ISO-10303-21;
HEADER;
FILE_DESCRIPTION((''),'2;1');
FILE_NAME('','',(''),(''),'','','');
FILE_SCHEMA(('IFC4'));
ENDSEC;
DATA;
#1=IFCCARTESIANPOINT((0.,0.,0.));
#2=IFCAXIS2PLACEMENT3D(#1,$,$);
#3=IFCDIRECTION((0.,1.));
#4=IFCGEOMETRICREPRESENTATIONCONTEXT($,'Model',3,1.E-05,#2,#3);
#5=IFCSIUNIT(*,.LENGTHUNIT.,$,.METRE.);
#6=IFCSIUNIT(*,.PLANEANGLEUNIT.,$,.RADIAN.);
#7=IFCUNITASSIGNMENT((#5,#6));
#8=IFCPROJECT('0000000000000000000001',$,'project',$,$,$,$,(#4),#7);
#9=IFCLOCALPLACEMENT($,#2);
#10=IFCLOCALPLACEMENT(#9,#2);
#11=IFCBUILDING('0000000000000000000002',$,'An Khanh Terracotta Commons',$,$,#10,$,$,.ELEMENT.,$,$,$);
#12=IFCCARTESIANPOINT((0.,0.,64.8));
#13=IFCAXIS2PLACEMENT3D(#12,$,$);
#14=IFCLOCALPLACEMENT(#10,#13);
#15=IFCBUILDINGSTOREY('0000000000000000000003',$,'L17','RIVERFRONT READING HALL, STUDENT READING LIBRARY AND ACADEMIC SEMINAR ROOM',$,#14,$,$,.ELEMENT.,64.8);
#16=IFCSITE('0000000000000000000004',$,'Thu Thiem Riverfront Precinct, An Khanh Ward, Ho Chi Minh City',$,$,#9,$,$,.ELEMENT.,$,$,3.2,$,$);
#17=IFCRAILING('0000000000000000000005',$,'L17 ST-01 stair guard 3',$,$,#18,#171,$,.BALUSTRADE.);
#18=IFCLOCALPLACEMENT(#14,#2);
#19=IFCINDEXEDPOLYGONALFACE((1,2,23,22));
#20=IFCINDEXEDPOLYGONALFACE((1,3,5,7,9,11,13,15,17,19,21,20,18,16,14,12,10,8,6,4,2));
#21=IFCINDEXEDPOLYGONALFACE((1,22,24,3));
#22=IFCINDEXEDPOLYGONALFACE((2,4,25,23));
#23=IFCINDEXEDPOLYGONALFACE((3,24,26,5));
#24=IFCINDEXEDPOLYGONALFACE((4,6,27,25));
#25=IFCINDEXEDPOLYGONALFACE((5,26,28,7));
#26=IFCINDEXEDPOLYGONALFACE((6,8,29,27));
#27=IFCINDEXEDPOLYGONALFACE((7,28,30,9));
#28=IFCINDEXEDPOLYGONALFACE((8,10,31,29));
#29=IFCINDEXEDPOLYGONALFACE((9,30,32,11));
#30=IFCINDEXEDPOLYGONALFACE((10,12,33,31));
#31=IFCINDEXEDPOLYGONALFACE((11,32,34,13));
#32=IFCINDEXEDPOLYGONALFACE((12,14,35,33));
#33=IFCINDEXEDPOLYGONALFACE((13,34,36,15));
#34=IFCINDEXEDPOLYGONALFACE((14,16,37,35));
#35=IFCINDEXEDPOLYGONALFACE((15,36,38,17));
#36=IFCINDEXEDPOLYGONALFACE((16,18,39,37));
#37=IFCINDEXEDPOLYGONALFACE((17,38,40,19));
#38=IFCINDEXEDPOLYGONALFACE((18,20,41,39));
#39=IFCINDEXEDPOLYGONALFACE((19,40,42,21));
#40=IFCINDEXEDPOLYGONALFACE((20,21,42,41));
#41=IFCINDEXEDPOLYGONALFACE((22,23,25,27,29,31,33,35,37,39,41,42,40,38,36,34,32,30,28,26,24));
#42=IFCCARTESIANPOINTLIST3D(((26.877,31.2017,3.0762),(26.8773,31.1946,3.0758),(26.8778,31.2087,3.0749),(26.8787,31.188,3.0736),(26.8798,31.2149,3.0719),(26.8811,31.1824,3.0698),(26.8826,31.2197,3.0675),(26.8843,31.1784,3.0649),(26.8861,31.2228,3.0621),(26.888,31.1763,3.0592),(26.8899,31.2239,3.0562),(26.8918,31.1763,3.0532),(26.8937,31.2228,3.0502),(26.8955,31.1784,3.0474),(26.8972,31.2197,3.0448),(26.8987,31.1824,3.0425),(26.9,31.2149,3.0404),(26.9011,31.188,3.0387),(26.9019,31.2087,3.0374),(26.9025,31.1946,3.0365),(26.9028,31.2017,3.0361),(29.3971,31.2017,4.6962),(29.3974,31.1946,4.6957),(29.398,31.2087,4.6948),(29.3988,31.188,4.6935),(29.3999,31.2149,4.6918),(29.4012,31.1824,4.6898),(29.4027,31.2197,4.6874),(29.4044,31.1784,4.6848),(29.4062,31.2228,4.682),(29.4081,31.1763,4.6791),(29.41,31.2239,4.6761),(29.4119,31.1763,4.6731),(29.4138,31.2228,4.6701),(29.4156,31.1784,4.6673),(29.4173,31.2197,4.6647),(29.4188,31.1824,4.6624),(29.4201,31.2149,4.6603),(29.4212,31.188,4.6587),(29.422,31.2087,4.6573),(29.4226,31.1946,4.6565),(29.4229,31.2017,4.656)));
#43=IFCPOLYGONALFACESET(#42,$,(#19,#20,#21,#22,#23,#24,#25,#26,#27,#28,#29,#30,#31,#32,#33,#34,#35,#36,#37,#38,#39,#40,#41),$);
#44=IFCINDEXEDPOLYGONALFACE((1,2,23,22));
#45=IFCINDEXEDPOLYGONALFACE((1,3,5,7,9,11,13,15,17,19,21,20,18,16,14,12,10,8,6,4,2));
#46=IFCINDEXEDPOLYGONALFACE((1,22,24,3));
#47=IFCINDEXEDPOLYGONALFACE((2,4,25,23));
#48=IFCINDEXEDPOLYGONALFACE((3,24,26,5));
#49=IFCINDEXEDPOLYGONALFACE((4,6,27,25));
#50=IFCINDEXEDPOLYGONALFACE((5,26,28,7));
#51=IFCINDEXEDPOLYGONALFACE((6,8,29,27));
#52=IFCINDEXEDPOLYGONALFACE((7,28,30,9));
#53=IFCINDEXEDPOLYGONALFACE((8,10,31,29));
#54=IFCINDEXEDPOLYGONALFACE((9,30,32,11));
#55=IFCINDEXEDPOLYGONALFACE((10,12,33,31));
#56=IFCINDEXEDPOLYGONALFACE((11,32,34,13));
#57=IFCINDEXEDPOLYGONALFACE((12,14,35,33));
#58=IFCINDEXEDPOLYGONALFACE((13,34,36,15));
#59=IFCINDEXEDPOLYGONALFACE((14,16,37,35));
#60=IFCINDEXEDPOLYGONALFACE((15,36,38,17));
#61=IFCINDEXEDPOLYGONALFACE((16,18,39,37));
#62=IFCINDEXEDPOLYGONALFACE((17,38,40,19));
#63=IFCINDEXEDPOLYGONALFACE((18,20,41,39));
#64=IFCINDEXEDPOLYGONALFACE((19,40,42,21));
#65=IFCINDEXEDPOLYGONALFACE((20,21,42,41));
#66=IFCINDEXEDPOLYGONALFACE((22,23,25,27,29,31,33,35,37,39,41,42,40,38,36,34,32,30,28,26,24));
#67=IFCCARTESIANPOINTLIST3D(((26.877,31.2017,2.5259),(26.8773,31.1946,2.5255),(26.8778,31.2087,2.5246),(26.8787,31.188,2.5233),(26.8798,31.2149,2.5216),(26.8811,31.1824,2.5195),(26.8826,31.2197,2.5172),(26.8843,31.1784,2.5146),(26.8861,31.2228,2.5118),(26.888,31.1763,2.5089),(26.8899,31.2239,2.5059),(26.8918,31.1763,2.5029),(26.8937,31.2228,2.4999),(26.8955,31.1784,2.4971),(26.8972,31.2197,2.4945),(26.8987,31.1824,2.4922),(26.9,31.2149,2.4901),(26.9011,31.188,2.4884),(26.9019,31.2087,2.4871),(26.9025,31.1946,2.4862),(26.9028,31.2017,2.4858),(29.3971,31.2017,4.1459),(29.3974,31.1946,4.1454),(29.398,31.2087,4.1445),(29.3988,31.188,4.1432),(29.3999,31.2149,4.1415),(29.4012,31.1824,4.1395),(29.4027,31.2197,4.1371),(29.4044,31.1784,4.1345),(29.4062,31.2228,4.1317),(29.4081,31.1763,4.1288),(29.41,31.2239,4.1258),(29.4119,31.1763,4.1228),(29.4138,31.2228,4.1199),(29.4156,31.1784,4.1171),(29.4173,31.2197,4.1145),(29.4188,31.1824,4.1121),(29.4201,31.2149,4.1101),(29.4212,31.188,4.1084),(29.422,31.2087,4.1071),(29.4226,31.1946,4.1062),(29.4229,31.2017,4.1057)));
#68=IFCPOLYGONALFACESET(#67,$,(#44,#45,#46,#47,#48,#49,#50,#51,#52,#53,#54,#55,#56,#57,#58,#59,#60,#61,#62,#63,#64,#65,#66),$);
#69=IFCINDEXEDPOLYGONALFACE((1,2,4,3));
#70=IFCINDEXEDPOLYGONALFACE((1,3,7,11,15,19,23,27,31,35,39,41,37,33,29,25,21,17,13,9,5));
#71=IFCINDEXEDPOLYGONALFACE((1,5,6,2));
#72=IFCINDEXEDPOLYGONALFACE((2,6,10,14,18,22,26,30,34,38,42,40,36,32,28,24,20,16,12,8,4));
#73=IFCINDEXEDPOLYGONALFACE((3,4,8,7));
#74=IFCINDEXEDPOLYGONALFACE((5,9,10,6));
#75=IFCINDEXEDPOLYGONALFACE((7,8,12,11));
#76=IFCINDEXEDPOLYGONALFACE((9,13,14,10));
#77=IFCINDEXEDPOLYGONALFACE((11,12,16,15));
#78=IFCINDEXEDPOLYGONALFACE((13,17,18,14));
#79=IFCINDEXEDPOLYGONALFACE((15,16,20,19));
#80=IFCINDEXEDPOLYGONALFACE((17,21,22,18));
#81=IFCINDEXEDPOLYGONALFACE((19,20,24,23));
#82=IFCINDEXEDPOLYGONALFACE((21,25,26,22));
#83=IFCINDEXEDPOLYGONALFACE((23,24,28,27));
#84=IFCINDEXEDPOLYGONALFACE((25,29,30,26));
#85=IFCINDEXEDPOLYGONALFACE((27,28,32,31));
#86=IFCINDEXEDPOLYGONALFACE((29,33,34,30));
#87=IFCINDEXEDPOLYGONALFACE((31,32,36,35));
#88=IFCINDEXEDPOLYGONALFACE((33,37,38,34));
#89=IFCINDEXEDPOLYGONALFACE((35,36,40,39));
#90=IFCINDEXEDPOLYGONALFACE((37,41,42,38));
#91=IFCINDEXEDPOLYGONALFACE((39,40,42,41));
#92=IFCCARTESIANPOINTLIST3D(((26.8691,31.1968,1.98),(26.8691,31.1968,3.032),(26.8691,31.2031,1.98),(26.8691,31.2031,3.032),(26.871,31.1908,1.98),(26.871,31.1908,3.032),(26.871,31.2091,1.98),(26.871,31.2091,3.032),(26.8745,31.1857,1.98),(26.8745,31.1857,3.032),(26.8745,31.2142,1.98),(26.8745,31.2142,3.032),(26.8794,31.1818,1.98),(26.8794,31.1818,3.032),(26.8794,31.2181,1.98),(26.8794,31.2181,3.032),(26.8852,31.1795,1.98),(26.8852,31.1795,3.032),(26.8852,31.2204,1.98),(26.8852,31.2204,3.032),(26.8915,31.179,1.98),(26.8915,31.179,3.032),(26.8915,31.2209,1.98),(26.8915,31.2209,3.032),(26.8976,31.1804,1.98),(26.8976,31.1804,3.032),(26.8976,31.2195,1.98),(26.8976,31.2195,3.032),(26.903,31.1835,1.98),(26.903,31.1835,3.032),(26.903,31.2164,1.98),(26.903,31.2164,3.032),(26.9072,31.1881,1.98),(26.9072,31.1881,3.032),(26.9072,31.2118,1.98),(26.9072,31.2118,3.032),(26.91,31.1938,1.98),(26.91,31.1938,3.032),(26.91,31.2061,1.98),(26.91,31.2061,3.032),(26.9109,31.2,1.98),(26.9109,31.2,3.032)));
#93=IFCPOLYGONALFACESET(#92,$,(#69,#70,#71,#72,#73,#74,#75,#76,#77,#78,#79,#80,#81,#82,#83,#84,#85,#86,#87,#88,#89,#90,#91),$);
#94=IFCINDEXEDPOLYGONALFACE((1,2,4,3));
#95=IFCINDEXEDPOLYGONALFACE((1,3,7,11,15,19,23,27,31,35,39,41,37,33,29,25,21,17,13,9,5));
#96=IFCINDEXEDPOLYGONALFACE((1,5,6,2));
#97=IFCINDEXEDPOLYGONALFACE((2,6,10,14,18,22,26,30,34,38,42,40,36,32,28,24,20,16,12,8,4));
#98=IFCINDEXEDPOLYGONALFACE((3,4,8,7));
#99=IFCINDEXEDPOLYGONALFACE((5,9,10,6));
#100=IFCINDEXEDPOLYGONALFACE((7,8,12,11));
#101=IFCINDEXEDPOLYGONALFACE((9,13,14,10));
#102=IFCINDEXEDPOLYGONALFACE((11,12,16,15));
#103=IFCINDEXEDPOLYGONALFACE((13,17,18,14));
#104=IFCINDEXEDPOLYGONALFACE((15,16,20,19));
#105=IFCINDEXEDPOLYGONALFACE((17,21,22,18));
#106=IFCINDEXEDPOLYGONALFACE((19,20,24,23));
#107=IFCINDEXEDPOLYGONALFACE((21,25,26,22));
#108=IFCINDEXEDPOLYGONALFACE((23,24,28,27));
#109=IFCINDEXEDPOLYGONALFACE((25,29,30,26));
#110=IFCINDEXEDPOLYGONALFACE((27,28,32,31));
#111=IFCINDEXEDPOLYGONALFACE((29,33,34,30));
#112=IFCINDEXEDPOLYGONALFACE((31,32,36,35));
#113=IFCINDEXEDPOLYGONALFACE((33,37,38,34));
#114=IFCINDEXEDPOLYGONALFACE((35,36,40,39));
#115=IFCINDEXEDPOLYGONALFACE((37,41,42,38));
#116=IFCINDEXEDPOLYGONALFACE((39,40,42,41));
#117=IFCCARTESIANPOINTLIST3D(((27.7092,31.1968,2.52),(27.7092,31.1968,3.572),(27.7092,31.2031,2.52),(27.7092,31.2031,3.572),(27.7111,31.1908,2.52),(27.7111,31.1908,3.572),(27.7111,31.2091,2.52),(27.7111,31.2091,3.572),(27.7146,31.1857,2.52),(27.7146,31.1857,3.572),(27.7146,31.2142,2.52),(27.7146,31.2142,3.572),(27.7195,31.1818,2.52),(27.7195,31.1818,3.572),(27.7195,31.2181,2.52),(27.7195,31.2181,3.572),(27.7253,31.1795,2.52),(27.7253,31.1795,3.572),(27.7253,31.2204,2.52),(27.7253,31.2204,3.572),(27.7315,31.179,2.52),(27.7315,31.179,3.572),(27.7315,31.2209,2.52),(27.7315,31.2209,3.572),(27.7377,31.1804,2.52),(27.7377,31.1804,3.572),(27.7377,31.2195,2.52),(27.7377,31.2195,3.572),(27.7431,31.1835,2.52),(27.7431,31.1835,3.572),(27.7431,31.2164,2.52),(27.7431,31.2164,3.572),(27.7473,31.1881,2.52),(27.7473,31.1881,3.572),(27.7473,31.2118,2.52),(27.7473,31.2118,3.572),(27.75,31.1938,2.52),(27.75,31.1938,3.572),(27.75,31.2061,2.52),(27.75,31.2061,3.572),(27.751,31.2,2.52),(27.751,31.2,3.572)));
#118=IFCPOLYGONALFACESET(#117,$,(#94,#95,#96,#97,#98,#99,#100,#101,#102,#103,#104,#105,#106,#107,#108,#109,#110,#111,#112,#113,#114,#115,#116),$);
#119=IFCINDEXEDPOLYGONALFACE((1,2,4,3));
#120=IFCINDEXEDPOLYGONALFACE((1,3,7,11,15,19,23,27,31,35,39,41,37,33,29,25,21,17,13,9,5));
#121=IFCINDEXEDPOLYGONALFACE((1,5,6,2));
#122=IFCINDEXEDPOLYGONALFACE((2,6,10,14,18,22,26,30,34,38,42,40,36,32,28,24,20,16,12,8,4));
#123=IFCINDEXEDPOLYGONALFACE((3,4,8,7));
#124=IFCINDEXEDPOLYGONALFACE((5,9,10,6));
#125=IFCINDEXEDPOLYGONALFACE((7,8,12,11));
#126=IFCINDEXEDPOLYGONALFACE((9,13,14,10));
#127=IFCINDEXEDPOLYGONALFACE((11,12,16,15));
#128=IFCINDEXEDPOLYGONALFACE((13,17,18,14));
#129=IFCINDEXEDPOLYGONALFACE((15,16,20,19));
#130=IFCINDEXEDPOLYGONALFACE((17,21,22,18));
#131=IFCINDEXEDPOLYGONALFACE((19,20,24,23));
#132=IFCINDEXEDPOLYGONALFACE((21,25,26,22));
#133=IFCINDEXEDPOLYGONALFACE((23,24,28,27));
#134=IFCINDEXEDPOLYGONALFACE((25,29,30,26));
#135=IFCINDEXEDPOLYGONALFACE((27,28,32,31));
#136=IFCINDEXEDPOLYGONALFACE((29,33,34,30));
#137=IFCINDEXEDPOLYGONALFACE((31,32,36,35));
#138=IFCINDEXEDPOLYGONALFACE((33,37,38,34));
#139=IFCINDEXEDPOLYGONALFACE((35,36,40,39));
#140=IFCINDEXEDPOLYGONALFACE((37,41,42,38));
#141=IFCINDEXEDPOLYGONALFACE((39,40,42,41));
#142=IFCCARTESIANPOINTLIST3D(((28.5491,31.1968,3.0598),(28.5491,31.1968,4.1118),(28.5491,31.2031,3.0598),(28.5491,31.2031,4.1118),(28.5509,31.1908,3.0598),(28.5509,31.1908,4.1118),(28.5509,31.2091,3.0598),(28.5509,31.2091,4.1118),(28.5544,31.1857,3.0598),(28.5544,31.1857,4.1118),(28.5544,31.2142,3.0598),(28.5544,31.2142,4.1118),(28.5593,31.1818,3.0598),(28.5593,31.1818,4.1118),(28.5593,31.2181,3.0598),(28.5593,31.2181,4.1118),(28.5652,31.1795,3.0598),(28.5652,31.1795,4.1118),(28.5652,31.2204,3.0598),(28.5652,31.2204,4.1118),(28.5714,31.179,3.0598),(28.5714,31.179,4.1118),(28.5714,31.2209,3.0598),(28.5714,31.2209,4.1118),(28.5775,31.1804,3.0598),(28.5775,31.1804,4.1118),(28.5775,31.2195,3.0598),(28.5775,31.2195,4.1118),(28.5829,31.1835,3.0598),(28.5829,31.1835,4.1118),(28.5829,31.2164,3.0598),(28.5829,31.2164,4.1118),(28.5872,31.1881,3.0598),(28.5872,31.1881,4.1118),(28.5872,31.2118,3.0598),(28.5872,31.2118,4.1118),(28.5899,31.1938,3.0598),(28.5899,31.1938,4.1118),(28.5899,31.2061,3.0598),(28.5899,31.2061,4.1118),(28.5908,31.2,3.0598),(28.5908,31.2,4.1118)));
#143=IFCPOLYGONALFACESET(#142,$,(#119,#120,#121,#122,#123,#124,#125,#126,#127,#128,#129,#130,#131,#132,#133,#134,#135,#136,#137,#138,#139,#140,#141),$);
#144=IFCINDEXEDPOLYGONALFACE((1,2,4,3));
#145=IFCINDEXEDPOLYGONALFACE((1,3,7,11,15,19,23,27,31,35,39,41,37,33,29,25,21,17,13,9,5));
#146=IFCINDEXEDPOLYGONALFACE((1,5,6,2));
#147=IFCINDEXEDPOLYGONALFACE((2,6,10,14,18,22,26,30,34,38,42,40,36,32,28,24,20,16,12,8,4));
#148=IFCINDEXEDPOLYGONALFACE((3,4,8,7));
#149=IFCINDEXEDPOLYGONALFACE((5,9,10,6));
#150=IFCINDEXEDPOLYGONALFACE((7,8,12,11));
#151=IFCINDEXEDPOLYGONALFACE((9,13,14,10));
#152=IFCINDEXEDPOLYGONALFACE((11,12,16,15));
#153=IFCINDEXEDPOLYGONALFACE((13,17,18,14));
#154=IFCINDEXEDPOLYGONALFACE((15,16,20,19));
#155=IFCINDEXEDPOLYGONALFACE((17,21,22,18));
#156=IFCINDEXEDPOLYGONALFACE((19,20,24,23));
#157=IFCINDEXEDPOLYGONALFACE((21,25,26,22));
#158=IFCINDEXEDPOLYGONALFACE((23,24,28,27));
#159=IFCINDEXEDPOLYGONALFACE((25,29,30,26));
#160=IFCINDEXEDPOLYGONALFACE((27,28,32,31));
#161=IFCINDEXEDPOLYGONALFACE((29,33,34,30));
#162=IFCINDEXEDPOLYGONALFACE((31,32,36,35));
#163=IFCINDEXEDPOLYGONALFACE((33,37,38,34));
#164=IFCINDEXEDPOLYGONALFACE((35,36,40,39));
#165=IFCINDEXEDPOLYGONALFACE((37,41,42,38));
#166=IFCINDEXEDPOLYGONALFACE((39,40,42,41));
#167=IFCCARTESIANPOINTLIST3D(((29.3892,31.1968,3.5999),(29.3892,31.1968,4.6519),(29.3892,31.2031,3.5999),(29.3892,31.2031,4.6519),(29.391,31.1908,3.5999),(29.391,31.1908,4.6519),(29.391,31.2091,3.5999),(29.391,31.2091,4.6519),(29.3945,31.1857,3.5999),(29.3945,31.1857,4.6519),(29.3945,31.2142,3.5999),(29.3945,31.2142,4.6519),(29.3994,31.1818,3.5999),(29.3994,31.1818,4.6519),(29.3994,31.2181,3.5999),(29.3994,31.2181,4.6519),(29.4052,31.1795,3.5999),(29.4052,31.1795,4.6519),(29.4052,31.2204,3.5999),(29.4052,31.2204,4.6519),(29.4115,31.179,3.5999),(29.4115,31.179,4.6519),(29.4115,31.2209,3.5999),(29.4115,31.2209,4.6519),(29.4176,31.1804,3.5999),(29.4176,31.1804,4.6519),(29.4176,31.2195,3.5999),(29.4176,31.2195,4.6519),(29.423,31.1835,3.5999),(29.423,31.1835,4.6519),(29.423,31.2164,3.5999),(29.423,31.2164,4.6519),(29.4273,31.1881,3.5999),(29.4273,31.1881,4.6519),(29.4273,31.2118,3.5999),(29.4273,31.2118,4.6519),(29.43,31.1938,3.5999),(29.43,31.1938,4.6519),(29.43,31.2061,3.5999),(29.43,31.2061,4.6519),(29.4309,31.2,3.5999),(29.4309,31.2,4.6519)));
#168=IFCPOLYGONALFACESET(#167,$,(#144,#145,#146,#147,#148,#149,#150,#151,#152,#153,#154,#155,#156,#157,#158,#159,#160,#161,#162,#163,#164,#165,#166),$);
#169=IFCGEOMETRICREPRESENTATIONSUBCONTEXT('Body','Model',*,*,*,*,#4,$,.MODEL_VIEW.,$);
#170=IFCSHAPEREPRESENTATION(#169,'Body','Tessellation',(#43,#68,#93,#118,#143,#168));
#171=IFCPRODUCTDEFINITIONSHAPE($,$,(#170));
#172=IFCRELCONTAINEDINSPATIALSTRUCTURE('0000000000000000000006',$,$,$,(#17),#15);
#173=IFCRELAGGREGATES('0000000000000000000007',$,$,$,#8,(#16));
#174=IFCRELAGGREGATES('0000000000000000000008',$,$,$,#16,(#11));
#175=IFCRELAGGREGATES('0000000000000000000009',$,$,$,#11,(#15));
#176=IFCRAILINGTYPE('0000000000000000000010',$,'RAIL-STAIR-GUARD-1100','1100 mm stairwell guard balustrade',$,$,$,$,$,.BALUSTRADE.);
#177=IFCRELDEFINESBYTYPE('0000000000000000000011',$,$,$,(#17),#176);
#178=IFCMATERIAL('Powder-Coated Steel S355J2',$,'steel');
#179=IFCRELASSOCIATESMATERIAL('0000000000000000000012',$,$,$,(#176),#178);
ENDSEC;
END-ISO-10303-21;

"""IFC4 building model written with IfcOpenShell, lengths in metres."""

from ifc_helpers import new_model, si_unit, direction, frame, origin, origin_2d, place, context, subcontext, project, spatial, circle, extrude, material, type_object, element, save


model = new_model("IFC4")

# Units and contexts
model_context = context("Model", 3, precision=1e-05, world=origin(), true_north=direction((0.0, 1.0)))
body_context = subcontext(model_context, "Body", "Model", "MODEL_VIEW")
ifc_project = project(units=[si_unit("LENGTHUNIT", "METRE"), si_unit("PLANEANGLEUNIT", "RADIAN")], contexts=[model_context])

# Site, building, storey
site_placement = place(None, origin())
site = spatial("IfcSite", under=ifc_project, at=site_placement, Name="Thu Thiem Riverfront Precinct, An Khanh Ward, Ho Chi Minh City", CompositionType="ELEMENT", RefElevation=3.2)
building_placement = place(site_placement, origin())
building = spatial("IfcBuilding", under=site, at=building_placement, Name="An Khanh Terracotta Commons", CompositionType="ELEMENT")
storey_placement = place(building_placement, frame((0.0, 0.0, 64.8)))
storey = spatial("IfcBuildingStorey", under=building, at=storey_placement, Name="L17", Description="RIVERFRONT READING HALL, STUDENT READING LIBRARY AND ACADEMIC SEMINAR ROOM", CompositionType="ELEMENT", Elevation=64.8)

# Railing
ifc_material_1 = material(Name="Powder-Coated Steel S355J2", Category="steel")
railing_type_1 = type_object("IfcRailingType", Name="RAIL-STAIR-GUARD-1100", Description="1100 mm stairwell guard balustrade", PredefinedType="BALUSTRADE", material=ifc_material_1)
railing_1_placement = place(storey_placement, frame((26.8899, 31.2, 1.98)))
element("IfcRailing", 1, at=railing_1_placement, inside=storey, type_object=railing_type_1, Name="L17 ST-01 stair guard 3", PredefinedType="BALUSTRADE", context=body_context, shape_type="SweptSolid", body=[
    extrude(circle(Radius=0.0239, at=origin_2d()), frame((0.0, 0.0, 1.0762), z_axis=(0.8412, 0.0, 0.540725), x_axis=(0.0, 1.0, 0.0)), (0.0, 0.0, 1.0), 2.9958),
    extrude(circle(Radius=0.0239, at=origin_2d()), frame((0.0, 0.0, 0.5259), z_axis=(0.8412, 0.0, 0.540725), x_axis=(0.0, 1.0, 0.0)), (0.0, 0.0, 1.0), 2.9958),
    extrude(circle(Radius=0.021, at=origin_2d()), origin(), (0.0, 0.0, 1.0), 1.052),
    extrude(circle(Radius=0.021, at=origin_2d()), frame((0.8401, 0.0, 0.54)), (0.0, 0.0, 1.0), 1.052),
    extrude(circle(Radius=0.021, at=origin_2d()), frame((1.6799, 0.0, 1.0798)), (0.0, 0.0, 1.0), 1.052),
    extrude(circle(Radius=0.021, at=origin_2d()), frame((2.52, 0.0, 1.6199)), (0.0, 0.0, 1.0), 1.052),
])

save(model, "model.ifc")
